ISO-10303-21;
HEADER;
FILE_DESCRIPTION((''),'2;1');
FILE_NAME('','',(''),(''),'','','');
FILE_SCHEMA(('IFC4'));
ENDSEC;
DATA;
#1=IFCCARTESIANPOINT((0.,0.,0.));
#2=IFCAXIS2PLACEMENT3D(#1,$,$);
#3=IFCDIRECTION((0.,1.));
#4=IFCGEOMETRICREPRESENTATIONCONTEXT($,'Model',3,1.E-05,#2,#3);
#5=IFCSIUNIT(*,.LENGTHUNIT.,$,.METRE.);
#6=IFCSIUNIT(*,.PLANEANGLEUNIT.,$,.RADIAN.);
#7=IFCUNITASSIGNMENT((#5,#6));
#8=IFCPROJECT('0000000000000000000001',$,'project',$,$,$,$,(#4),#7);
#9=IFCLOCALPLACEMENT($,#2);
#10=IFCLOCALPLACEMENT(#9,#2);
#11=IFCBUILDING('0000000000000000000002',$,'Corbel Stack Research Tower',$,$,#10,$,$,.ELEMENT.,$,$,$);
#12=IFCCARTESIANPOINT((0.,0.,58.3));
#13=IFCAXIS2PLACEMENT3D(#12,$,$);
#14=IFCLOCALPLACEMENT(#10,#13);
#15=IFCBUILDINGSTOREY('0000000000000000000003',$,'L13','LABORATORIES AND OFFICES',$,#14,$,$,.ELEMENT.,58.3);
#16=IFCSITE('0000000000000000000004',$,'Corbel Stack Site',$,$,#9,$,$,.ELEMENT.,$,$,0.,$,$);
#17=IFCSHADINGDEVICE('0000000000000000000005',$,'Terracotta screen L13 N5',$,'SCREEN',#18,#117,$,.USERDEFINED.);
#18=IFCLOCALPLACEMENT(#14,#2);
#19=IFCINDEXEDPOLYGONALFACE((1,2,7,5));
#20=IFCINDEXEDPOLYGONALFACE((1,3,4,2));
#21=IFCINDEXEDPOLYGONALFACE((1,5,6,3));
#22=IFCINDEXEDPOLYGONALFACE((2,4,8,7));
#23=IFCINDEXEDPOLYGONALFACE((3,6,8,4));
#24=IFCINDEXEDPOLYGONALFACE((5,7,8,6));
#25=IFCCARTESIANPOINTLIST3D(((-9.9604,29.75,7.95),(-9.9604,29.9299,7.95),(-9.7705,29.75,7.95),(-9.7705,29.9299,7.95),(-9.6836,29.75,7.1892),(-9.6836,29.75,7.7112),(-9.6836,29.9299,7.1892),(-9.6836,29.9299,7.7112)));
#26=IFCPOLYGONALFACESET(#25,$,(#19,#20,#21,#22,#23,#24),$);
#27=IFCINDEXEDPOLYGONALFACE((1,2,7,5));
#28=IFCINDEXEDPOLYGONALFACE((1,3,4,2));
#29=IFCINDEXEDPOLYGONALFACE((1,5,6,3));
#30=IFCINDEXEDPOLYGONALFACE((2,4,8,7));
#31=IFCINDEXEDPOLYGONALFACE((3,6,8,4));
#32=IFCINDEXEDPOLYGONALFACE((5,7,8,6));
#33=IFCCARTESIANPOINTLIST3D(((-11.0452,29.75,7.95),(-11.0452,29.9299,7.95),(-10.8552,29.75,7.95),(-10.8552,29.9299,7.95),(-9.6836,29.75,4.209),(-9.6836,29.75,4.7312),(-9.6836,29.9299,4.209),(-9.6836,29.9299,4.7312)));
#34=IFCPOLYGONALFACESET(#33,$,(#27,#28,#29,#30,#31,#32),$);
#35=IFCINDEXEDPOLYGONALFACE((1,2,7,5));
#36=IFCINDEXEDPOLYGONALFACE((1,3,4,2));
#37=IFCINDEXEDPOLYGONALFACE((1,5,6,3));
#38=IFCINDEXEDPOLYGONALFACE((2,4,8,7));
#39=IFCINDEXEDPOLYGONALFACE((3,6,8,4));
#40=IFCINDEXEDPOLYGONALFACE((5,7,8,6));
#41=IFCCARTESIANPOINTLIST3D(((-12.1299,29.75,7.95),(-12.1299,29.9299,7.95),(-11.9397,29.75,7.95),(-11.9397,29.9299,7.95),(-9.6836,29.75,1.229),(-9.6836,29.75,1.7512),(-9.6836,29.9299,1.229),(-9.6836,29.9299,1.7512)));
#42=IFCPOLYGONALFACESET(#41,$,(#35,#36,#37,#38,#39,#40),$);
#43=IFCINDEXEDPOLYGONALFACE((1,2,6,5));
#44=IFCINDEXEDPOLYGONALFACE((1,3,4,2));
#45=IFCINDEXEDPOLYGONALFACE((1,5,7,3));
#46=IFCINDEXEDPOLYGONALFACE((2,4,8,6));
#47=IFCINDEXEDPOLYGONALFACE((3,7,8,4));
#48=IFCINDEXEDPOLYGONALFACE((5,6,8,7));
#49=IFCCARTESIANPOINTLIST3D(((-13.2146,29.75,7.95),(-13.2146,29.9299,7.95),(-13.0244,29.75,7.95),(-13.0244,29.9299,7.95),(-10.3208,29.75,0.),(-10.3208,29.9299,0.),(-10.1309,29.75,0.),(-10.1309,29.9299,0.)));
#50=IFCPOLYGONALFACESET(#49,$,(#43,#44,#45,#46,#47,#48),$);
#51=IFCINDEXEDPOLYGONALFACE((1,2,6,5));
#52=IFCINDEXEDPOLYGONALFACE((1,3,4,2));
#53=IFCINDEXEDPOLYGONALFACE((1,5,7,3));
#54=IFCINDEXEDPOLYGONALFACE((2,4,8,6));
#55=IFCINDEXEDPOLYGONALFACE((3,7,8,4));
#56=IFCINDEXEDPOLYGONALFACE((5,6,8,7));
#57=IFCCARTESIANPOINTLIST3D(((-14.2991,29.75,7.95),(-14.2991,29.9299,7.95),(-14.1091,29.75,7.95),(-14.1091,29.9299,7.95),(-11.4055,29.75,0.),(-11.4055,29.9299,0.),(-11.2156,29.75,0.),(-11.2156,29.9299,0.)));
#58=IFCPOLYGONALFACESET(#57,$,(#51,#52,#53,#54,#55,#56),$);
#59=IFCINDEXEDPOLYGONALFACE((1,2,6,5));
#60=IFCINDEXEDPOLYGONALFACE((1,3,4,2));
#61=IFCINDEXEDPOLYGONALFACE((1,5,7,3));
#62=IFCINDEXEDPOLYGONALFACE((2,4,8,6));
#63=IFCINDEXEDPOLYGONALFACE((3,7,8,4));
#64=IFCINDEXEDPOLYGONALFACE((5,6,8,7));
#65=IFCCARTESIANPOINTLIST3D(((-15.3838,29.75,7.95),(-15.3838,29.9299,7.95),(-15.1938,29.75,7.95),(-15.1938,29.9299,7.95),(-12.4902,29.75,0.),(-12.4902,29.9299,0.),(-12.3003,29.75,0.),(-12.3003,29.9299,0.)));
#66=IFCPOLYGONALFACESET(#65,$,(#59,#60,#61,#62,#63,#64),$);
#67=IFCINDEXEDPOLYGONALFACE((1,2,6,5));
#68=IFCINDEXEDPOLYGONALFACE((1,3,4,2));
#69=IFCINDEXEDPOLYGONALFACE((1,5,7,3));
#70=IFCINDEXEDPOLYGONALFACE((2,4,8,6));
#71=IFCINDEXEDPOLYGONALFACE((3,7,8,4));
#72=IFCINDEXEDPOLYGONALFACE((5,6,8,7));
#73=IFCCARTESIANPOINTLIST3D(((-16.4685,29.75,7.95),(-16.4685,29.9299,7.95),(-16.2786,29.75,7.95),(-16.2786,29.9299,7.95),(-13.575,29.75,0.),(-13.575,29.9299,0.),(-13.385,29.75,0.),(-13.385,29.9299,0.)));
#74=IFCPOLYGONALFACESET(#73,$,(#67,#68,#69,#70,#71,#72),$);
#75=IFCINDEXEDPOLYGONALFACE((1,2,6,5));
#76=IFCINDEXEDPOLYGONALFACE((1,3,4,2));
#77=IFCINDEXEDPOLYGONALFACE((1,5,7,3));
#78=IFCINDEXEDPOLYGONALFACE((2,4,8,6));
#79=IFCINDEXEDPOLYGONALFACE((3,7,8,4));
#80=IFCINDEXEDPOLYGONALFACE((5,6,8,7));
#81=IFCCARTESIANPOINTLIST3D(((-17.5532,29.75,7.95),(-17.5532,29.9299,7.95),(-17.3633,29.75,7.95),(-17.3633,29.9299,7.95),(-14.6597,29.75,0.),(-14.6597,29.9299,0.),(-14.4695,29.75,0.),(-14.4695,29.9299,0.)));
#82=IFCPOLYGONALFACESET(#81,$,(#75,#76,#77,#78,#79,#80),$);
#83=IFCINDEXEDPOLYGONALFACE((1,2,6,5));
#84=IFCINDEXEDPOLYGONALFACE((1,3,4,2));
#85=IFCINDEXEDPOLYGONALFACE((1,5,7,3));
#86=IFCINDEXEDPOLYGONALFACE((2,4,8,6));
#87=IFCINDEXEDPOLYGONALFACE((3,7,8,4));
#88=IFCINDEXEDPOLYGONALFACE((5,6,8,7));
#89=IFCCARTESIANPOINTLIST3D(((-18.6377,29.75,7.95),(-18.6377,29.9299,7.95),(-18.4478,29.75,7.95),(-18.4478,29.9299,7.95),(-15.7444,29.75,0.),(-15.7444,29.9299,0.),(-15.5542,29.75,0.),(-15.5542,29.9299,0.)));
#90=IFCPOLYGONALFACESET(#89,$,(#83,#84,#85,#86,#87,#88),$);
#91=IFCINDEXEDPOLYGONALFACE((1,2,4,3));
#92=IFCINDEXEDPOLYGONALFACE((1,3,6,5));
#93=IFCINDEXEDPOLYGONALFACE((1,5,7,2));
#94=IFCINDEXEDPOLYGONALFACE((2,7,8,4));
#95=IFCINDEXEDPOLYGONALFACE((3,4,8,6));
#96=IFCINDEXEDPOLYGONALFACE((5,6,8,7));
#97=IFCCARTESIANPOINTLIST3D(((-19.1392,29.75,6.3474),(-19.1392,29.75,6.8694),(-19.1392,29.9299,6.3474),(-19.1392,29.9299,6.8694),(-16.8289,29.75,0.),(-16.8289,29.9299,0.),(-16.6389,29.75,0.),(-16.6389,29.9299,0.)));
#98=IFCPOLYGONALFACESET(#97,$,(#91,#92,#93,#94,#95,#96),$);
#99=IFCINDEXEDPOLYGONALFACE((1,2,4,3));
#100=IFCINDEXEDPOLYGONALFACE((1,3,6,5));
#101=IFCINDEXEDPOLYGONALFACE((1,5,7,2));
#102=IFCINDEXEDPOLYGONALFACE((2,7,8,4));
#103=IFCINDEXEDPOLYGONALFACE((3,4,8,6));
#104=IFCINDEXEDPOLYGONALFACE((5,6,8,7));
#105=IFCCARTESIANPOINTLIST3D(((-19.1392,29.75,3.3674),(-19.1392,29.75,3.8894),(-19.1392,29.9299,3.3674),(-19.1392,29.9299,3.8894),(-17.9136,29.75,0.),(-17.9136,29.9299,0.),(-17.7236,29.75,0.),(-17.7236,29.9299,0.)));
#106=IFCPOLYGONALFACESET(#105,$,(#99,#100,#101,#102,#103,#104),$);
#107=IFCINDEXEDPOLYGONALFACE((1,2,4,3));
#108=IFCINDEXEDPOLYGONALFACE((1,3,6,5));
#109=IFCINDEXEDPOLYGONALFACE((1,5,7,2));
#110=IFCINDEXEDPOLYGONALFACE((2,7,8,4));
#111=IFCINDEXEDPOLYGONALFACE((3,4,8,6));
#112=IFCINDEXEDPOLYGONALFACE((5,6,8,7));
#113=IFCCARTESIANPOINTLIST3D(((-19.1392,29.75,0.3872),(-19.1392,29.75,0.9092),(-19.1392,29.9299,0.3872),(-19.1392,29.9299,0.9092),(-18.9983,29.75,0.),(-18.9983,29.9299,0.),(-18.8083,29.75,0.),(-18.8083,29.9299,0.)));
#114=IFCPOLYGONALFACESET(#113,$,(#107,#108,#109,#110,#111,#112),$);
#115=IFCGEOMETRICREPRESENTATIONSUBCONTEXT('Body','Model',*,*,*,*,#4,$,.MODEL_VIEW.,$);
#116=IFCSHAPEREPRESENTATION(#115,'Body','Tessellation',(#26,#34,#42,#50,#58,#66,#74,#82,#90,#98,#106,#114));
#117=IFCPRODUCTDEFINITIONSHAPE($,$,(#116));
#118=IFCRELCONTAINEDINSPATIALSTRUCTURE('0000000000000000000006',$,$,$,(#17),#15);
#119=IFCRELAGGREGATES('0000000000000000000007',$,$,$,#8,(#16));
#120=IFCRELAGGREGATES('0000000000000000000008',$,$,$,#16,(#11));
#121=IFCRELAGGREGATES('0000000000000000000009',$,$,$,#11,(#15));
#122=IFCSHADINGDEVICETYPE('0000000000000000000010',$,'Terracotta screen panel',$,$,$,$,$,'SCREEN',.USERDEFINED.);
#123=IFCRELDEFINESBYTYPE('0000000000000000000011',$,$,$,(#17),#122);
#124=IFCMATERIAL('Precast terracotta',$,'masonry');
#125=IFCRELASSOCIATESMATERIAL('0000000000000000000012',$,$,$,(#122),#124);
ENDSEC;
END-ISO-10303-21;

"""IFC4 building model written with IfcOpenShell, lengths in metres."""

from ifc_helpers import new_model, si_unit, direction, frame, origin, place, context, subcontext, project, spatial, polyline, outline, extrude, source, transform, mapped, material, type_object, element, save


model = new_model("IFC4")

# Units and contexts
model_context = context("Model", 3, precision=1e-05, world=origin(), true_north=direction((0.0, 1.0)))
body_context = subcontext(model_context, "Body", "Model", "MODEL_VIEW")
ifc_project = project(units=[si_unit("LENGTHUNIT", "METRE"), si_unit("PLANEANGLEUNIT", "RADIAN")], contexts=[model_context])

# Site, building, storey
site_placement = place(None, origin())
site = spatial("IfcSite", under=ifc_project, at=site_placement, Name="Corbel Stack Site", CompositionType="ELEMENT", RefElevation=0.0)
building_placement = place(site_placement, origin())
building = spatial("IfcBuilding", under=site, at=building_placement, Name="Corbel Stack Research Tower", CompositionType="ELEMENT")
storey_placement = place(building_placement, frame((0.0, 0.0, 58.3)))
storey = spatial("IfcBuildingStorey", under=building, at=storey_placement, Name="L13", Description="LABORATORIES AND OFFICES", CompositionType="ELEMENT", Elevation=58.3)

# Shading device
ifc_material_1 = material(Name="Precast terracotta", Category="masonry")
shading_device_type = type_object("IfcShadingDeviceType", Name="Terracotta screen panel", ElementType="SCREEN", PredefinedType="USERDEFINED", material=ifc_material_1)
shared_shape_1 = source(origin(), body_context, "Body", "SweptSolid", [
    extrude(outline(polyline([(0.2769, 7.95), (0.0869, 7.95), (0.0, 7.7112), (0.0, 7.1892), (0.2769, 7.95)])), frame((0.0, 0.0, 0.0), z_axis=(0.0, -1.0, 0.0), x_axis=(1.0, 0.0, 0.0)), (0.0, 0.0, 1.0), 0.1799),
    extrude(outline(polyline([(1.3616, 7.95), (1.1716, 7.95), (0.0, 4.7312), (0.0, 4.209), (1.3616, 7.95)])), frame((0.0, 0.0, 0.0), z_axis=(0.0, -1.0, 0.0), x_axis=(1.0, 0.0, 0.0)), (0.0, 0.0, 1.0), 0.1799),
    extrude(outline(polyline([(2.4463, 7.95), (2.2561, 7.95), (0.0, 1.7512), (0.0, 1.229), (2.4463, 7.95)])), frame((0.0, 0.0, 0.0), z_axis=(0.0, -1.0, 0.0), x_axis=(1.0, 0.0, 0.0)), (0.0, 0.0, 1.0), 0.1799),
    extrude(outline(polyline([(0.6372, 0.0), (3.531, 7.95), (3.3408, 7.95), (0.4473, 0.0), (0.6372, 0.0)])), frame((0.0, 0.0, 0.0), z_axis=(0.0, -1.0, 0.0), x_axis=(1.0, 0.0, 0.0)), (0.0, 0.0, 1.0), 0.1799),
    extrude(outline(polyline([(1.7219, 0.0), (4.6155, 7.95), (4.4255, 7.95), (1.532, 0.0), (1.7219, 0.0)])), frame((0.0, 0.0, 0.0), z_axis=(0.0, -1.0, 0.0), x_axis=(1.0, 0.0, 0.0)), (0.0, 0.0, 1.0), 0.1799),
    extrude(outline(polyline([(2.8066, 0.0), (5.7002, 7.95), (5.5103, 7.95), (2.6167, 0.0), (2.8066, 0.0)])), frame((0.0, 0.0, 0.0), z_axis=(0.0, -1.0, 0.0), x_axis=(1.0, 0.0, 0.0)), (0.0, 0.0, 1.0), 0.1799),
    extrude(outline(polyline([(3.8914, 0.0), (6.7849, 7.95), (6.595, 7.95), (3.7014, 0.0), (3.8914, 0.0)])), frame((0.0, 0.0, 0.0), z_axis=(0.0, -1.0, 0.0), x_axis=(1.0, 0.0, 0.0)), (0.0, 0.0, 1.0), 0.1799),
    extrude(outline(polyline([(4.9761, 0.0), (7.8696, 7.95), (7.6797, 7.95), (4.7859, 0.0), (4.9761, 0.0)])), frame((0.0, 0.0, 0.0), z_axis=(0.0, -1.0, 0.0), x_axis=(1.0, 0.0, 0.0)), (0.0, 0.0, 1.0), 0.1799),
    extrude(outline(polyline([(6.0608, 0.0), (8.9541, 7.95), (8.7642, 7.95), (5.8706, 0.0), (6.0608, 0.0)])), frame((0.0, 0.0, 0.0), z_axis=(0.0, -1.0, 0.0), x_axis=(1.0, 0.0, 0.0)), (0.0, 0.0, 1.0), 0.1799),
    extrude(outline(polyline([(7.1453, 0.0), (9.4556, 6.3474), (9.4556, 6.8694), (6.9553, 0.0), (7.1453, 0.0)])), frame((0.0, 0.0, 0.0), z_axis=(0.0, -1.0, 0.0), x_axis=(1.0, 0.0, 0.0)), (0.0, 0.0, 1.0), 0.1799),
    extrude(outline(polyline([(8.23, 0.0), (9.4556, 3.3674), (9.4556, 3.8894), (8.04, 0.0), (8.23, 0.0)])), frame((0.0, 0.0, 0.0), z_axis=(0.0, -1.0, 0.0), x_axis=(1.0, 0.0, 0.0)), (0.0, 0.0, 1.0), 0.1799),
    extrude(outline(polyline([(9.3147, 0.0), (9.4556, 0.3872), (9.4556, 0.9092), (9.1248, 0.0), (9.3147, 0.0)])), frame((0.0, 0.0, 0.0), z_axis=(0.0, -1.0, 0.0), x_axis=(1.0, 0.0, 0.0)), (0.0, 0.0, 1.0), 0.1799),
])
shading_device_1_placement = place(storey_placement, frame((-9.6836, 29.75, 0.0), z_axis=(0.0, 0.0, 1.0), x_axis=(-1.0, 0.0, 0.0)))
element("IfcShadingDevice", 1, at=shading_device_1_placement, inside=storey, type_object=shading_device_type, Name="Terracotta screen L13 N5", ObjectType="SCREEN", PredefinedType="USERDEFINED", context=body_context, shape_type="MappedRepresentation", body=[
    mapped(shared_shape_1, transform((0.0, 0.0, 0.0))),
])

save(model, "model.ifc")
